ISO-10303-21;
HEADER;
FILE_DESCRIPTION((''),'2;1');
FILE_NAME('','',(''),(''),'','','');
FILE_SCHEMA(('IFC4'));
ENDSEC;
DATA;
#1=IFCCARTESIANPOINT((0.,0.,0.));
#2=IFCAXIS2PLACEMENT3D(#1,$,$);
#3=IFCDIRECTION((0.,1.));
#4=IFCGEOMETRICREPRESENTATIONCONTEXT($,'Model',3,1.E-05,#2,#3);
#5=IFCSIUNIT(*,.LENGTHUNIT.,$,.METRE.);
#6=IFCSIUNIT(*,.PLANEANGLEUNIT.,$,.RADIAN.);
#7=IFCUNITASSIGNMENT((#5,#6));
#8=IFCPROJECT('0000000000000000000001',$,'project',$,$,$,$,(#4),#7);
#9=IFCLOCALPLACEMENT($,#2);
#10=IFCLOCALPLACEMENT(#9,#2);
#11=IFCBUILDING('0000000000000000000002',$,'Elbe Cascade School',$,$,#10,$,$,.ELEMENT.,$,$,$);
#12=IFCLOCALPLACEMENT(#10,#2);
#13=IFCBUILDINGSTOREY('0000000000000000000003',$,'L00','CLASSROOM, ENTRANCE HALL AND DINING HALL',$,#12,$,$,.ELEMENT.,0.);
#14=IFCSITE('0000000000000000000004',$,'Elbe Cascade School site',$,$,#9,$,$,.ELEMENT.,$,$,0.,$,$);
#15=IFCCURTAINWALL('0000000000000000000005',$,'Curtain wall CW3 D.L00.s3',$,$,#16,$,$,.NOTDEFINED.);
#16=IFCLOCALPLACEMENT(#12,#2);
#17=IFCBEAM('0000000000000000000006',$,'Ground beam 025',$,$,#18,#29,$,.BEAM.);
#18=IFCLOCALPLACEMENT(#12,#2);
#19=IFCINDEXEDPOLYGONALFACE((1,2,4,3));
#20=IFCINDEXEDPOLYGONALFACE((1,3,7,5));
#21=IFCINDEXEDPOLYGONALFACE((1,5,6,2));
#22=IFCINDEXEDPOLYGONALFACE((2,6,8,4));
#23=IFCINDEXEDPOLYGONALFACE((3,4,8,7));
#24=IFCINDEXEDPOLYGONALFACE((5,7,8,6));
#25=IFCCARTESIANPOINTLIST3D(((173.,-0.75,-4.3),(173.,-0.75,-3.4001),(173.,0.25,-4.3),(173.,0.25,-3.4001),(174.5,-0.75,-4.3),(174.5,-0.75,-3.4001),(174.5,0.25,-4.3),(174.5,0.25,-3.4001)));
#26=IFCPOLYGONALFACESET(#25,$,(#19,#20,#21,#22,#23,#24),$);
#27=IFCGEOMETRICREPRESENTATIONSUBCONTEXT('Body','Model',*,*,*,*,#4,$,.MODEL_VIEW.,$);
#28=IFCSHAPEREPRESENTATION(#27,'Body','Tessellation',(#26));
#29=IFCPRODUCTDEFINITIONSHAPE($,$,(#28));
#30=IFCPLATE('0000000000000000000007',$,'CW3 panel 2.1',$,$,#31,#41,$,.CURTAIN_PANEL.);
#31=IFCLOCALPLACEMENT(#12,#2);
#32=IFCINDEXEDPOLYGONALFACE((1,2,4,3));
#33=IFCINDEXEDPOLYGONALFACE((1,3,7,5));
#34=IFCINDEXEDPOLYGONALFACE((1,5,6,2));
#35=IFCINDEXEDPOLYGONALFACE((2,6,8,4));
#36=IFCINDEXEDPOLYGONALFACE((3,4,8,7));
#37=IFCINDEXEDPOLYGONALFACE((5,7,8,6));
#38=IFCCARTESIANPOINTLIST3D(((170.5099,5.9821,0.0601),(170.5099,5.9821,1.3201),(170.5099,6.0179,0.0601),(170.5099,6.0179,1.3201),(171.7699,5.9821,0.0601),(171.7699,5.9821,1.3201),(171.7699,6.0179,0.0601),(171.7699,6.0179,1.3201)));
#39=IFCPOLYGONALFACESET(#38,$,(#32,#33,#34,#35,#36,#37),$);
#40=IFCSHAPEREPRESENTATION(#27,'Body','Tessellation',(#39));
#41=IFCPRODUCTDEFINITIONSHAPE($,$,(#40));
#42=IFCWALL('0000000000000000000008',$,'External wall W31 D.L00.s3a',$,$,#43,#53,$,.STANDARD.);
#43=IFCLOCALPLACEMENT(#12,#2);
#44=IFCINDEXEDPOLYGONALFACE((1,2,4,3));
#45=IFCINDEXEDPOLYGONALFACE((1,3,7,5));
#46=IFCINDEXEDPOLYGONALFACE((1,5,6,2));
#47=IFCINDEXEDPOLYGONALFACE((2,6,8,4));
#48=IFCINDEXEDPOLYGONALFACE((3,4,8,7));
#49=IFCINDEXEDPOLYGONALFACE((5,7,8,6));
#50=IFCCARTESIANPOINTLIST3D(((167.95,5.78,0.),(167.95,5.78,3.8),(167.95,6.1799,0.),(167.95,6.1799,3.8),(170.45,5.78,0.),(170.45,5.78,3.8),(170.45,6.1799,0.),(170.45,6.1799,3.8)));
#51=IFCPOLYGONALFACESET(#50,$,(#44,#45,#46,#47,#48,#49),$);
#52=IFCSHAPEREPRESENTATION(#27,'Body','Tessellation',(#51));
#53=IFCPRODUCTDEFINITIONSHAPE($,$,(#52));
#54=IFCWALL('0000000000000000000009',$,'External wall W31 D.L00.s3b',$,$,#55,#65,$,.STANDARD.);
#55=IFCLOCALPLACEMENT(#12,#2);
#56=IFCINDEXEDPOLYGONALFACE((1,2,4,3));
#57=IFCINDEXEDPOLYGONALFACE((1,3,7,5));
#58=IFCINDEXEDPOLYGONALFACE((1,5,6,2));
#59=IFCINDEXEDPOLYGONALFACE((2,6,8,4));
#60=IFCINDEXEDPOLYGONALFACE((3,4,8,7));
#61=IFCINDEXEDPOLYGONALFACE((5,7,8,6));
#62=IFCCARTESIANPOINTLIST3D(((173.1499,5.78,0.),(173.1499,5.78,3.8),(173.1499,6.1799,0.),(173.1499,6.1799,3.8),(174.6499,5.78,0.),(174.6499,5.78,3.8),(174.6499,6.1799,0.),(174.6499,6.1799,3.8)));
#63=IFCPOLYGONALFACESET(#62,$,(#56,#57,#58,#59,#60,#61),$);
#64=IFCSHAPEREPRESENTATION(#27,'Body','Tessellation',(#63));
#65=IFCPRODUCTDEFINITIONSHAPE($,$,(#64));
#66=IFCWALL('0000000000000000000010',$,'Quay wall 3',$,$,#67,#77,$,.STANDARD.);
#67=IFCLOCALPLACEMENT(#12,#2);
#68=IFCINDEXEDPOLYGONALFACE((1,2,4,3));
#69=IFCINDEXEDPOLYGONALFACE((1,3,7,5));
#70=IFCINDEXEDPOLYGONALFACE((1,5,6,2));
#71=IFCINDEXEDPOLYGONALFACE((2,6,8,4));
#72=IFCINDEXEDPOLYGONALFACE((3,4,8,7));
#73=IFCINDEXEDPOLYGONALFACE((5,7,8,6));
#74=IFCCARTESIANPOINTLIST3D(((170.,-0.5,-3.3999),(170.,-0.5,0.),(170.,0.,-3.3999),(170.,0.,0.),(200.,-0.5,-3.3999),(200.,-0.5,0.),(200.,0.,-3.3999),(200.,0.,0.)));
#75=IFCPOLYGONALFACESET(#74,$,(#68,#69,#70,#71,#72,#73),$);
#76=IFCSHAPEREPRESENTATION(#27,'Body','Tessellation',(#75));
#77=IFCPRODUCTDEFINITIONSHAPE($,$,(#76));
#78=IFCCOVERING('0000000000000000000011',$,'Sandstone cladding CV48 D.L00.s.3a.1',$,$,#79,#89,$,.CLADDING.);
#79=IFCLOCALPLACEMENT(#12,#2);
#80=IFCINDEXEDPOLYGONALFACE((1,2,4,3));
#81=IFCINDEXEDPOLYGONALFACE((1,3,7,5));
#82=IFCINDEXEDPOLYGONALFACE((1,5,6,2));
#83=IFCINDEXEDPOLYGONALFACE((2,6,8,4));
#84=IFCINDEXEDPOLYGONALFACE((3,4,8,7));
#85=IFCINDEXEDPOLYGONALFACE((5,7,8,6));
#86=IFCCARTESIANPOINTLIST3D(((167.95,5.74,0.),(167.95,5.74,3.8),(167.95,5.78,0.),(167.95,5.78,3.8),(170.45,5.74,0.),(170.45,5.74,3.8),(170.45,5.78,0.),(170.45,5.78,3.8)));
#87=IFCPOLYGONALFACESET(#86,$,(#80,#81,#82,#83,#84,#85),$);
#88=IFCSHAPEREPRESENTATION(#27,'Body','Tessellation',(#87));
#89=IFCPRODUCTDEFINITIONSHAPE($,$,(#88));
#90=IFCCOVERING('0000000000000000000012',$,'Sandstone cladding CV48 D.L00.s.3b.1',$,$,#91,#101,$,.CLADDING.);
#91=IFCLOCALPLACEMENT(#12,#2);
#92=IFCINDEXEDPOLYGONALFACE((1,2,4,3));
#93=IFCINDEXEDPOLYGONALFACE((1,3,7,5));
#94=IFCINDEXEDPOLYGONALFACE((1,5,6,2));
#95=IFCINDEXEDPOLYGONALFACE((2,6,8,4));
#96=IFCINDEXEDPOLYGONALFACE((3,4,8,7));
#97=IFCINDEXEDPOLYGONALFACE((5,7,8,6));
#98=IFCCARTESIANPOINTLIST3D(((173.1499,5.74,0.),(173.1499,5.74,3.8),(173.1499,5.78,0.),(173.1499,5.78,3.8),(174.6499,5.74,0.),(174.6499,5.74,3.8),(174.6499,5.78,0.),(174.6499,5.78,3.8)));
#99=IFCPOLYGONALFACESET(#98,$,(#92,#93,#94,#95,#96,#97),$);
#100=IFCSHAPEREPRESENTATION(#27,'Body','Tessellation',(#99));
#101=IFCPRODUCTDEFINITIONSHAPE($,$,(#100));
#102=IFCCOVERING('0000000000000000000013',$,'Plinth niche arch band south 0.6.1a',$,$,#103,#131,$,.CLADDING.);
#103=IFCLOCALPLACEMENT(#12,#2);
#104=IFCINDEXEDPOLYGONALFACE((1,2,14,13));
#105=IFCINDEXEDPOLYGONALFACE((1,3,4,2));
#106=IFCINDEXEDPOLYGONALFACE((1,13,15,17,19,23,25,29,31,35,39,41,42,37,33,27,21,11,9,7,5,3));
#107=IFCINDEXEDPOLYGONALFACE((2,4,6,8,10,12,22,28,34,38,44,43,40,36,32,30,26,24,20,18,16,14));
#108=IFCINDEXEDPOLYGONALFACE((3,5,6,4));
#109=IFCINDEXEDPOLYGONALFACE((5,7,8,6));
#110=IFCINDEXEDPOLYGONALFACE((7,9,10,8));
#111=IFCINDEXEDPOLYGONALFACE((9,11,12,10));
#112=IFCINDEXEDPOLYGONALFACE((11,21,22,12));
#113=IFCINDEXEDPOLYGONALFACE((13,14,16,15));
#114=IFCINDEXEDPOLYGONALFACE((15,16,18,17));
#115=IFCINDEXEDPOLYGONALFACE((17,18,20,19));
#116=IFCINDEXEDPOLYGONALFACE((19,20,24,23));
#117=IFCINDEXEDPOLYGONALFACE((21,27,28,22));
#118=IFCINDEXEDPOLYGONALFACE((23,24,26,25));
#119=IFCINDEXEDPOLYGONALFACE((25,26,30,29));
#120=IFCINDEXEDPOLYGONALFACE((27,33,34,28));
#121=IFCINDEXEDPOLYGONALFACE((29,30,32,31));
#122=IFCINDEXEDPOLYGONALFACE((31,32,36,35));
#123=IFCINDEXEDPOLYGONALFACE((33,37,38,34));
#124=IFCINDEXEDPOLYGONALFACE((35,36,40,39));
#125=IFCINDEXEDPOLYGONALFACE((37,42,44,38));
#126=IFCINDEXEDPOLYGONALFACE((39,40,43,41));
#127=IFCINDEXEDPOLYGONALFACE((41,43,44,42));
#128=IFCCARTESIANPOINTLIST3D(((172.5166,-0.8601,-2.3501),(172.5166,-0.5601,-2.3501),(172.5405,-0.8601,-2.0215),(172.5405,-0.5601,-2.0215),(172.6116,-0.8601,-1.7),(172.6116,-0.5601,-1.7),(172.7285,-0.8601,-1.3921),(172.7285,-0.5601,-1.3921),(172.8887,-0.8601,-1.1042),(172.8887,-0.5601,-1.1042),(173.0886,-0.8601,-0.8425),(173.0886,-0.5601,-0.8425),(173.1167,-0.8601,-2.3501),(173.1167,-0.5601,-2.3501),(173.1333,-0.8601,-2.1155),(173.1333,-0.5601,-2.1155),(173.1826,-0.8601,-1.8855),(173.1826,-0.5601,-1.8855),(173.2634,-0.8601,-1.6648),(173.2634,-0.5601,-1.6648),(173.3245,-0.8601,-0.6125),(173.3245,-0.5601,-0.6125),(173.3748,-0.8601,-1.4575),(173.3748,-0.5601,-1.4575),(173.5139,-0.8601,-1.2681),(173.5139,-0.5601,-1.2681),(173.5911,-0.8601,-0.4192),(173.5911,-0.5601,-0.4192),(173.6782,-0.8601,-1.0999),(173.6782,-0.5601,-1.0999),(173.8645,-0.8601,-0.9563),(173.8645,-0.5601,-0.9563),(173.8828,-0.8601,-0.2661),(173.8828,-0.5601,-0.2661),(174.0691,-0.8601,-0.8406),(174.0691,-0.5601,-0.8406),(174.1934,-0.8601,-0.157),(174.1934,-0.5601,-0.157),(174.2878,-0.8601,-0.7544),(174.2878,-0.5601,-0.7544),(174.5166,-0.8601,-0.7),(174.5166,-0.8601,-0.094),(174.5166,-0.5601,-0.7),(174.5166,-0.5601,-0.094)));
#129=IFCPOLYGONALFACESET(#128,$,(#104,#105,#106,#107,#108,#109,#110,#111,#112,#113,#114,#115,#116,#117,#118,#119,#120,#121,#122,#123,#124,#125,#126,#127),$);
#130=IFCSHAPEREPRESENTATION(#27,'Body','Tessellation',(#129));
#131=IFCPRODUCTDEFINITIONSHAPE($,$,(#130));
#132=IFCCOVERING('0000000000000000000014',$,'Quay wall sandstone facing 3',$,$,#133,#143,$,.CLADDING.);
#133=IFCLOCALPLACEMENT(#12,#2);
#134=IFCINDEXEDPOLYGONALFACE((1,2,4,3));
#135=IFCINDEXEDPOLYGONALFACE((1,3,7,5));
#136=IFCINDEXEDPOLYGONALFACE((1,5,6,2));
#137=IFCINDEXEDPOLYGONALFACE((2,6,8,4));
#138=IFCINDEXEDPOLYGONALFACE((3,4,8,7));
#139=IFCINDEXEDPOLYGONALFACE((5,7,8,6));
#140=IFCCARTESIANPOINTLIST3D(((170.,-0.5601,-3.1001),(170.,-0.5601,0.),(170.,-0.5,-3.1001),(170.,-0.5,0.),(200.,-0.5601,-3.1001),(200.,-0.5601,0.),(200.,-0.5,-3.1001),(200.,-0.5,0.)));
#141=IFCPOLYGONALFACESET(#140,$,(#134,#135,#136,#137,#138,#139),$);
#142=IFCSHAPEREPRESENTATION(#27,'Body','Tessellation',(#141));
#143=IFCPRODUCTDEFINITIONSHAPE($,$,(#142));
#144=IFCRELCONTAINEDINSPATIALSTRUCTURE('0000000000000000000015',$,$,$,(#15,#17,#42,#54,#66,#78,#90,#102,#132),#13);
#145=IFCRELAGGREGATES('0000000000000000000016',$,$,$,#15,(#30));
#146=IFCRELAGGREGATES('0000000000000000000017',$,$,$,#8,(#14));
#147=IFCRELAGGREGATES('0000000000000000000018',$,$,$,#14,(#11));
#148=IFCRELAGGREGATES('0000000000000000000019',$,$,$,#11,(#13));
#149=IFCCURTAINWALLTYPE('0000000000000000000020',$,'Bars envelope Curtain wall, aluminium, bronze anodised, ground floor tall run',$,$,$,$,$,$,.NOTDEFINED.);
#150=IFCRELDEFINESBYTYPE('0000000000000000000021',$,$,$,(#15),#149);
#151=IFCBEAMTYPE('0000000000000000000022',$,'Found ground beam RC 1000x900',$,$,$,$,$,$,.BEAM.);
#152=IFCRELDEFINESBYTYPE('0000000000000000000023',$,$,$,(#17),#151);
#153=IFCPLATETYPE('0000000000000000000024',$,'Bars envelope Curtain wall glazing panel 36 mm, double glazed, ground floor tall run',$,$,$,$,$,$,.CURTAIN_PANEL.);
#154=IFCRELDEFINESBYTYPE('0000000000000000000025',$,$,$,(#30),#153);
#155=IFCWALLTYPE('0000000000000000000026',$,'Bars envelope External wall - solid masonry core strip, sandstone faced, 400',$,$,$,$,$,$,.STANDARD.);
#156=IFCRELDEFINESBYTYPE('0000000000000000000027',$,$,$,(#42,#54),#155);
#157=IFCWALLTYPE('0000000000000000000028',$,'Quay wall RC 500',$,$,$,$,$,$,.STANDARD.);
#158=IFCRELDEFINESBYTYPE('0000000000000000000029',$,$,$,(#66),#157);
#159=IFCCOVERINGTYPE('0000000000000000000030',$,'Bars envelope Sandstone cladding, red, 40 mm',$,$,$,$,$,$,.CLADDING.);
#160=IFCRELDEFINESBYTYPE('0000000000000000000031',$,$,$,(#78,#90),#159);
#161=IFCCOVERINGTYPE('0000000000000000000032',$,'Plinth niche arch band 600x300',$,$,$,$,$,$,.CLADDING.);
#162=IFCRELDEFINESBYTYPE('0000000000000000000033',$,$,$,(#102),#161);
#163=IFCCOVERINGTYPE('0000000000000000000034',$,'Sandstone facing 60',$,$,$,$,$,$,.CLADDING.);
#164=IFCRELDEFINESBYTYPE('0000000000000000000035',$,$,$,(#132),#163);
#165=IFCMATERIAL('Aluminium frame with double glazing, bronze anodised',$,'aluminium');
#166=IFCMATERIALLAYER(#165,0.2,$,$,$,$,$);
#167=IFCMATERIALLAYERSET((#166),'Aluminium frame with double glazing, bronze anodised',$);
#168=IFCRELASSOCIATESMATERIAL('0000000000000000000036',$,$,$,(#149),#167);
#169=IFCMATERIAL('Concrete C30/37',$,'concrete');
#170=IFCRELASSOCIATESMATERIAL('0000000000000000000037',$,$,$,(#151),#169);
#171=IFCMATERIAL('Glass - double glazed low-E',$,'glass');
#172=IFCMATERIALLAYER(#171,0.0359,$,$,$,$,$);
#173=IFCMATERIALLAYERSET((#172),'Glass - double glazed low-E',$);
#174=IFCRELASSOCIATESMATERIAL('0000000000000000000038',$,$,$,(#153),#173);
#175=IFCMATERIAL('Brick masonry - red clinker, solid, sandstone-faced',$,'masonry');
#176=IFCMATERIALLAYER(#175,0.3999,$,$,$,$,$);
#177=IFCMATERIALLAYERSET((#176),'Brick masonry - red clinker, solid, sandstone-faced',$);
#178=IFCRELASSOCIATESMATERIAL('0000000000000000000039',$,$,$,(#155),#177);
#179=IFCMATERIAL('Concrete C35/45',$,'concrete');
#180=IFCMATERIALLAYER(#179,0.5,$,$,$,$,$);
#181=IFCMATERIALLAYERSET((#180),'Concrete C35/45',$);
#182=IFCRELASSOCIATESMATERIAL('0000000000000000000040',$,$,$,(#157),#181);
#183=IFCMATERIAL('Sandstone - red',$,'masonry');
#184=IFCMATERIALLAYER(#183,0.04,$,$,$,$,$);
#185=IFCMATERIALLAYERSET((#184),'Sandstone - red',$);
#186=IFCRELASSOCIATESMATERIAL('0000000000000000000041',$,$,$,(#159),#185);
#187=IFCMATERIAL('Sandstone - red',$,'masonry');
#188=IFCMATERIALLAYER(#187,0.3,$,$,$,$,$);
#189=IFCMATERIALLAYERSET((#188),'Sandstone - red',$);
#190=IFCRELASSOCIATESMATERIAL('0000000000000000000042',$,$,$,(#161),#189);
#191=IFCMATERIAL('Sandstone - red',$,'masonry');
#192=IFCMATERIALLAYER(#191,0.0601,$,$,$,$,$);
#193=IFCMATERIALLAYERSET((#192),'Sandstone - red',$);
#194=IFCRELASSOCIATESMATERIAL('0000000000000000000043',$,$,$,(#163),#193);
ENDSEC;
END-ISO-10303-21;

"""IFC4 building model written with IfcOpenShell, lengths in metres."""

from ifc_helpers import new_model, si_unit, direction, frame, frame_2d, origin, origin_2d, place, context, subcontext, project, spatial, polyline, rectangle, outline, extrude, material, layer, layer_set, material_profile, profile_set, type_object, element, aggregate, save


model = new_model("IFC4")

# Units and contexts
model_context = context("Model", 3, precision=1e-05, world=origin(), true_north=direction((0.0, 1.0)))
body_context = subcontext(model_context, "Body", "Model", "MODEL_VIEW")
ifc_project = project(units=[si_unit("LENGTHUNIT", "METRE"), si_unit("PLANEANGLEUNIT", "RADIAN")], contexts=[model_context])

# Site, building, storey
site_placement = place(None, origin())
site = spatial("IfcSite", under=ifc_project, at=site_placement, Name="Elbe Cascade School site", CompositionType="ELEMENT", RefElevation=0.0)
building_placement = place(site_placement, origin())
building = spatial("IfcBuilding", under=site, at=building_placement, Name="Elbe Cascade School", CompositionType="ELEMENT")
storey_placement = place(building_placement, origin())
storey = spatial("IfcBuildingStorey", under=building, at=storey_placement, Name="L00", Description="CLASSROOM, ENTRANCE HALL AND DINING HALL", CompositionType="ELEMENT", Elevation=0.0)

# Curtain wall
ifc_material_1 = material(Name="Aluminium frame with double glazing, bronze anodised", Category="aluminium")
ifc_layer_1 = layer(ifc_material_1, 0.2)
ifc_layer_set_1 = layer_set([ifc_layer_1], Name="Aluminium frame with double glazing, bronze anodised")
curtain_wall_type = type_object("IfcCurtainWallType", Name="Bars envelope Curtain wall, aluminium, bronze anodised, ground floor tall run", PredefinedType="NOTDEFINED", material=ifc_layer_set_1)
curtain_wall_placement = place(storey_placement, origin())
curtain_wall = element("IfcCurtainWall", 1, at=curtain_wall_placement, inside=storey, type_object=curtain_wall_type, Name="Curtain wall CW3 D.L00.s3", PredefinedType="NOTDEFINED")

# Beam
ifc_material_2 = material(Name="Concrete C30/37", Category="concrete")
ifc_material_profile_1 = material_profile(ifc_material_2, rectangle(XDim=1.0, YDim=0.8999, at=origin_2d()), Name="RC 1000x900")
ifc_profile_set_1 = profile_set([ifc_material_profile_1], Name="Concrete C30/37")
beam_type = type_object("IfcBeamType", Name="Found ground beam RC 1000x900", PredefinedType="BEAM", material=ifc_profile_set_1)
beam_placement = place(storey_placement, frame((173.0, -0.25, -3.8501), z_axis=(1.0, 0.0, 0.0), x_axis=(0.0, 1.0, 0.0)))
element("IfcBeam", 2, at=beam_placement, inside=storey, type_object=beam_type, Name="Ground beam 025", PredefinedType="BEAM", context=body_context, shape_type="SweptSolid", body=[
    extrude(rectangle(XDim=1.0, YDim=0.8999, at=origin_2d()), origin(), (0.0, 0.0, 1.0), 1.5),
])

# Plate
ifc_material_3 = material(Name="Glass - double glazed low-E", Category="glass")
ifc_layer_2 = layer(ifc_material_3, 0.0359)
ifc_layer_set_2 = layer_set([ifc_layer_2], Name="Glass - double glazed low-E")
plate_type = type_object("IfcPlateType", Name="Bars envelope Curtain wall glazing panel 36 mm, double glazed, ground floor tall run", PredefinedType="CURTAIN_PANEL", material=ifc_layer_set_2)
plate_placement = place(storey_placement, frame((171.1399, 6.0, 0.0601), z_axis=(0.0, 0.0, 1.0), x_axis=(-1.0, 0.0, 0.0)))
plate = element("IfcPlate", 3, at=plate_placement, type_object=plate_type, Name="CW3 panel 2.1", PredefinedType="CURTAIN_PANEL", context=body_context, shape_type="SweptSolid", body=[
    extrude(rectangle(XDim=1.26, YDim=0.0359, at=origin_2d()), origin(), (0.0, 0.0, 1.0), 1.26),
])
aggregate(curtain_wall, [plate])

# Walls
ifc_material_4 = material(Name="Brick masonry - red clinker, solid, sandstone-faced", Category="masonry")
ifc_layer_3 = layer(ifc_material_4, 0.3999)
ifc_layer_set_3 = layer_set([ifc_layer_3], Name="Brick masonry - red clinker, solid, sandstone-faced")
wall_type_1 = type_object("IfcWallType", Name="Bars envelope External wall - solid masonry core strip, sandstone faced, 400", PredefinedType="STANDARD", material=ifc_layer_set_3)
wall_1_placement = place(storey_placement, frame((170.45, 5.98, 0.0), z_axis=(0.0, 0.0, 1.0), x_axis=(-1.0, 0.0, 0.0)))
element("IfcWall", 4, at=wall_1_placement, inside=storey, type_object=wall_type_1, Name="External wall W31 D.L00.s3a", PredefinedType="STANDARD", context=body_context, shape_type="SweptSolid", body=[
    extrude(rectangle(XDim=2.5, YDim=0.3999, at=frame_2d((1.25, 0.0))), origin(), (0.0, 0.0, 1.0), 3.8),
])
wall_2_placement = place(storey_placement, frame((174.6499, 5.98, 0.0), z_axis=(0.0, 0.0, 1.0), x_axis=(-1.0, 0.0, 0.0)))
element("IfcWall", 5, at=wall_2_placement, inside=storey, type_object=wall_type_1, Name="External wall W31 D.L00.s3b", PredefinedType="STANDARD", context=body_context, shape_type="SweptSolid", body=[
    extrude(rectangle(XDim=1.5, YDim=0.3999, at=frame_2d((0.75, 0.0))), origin(), (0.0, 0.0, 1.0), 3.8),
])
ifc_material_5 = material(Name="Concrete C35/45", Category="concrete")
ifc_layer_4 = layer(ifc_material_5, 0.5)
ifc_layer_set_4 = layer_set([ifc_layer_4], Name="Concrete C35/45")
wall_type_2 = type_object("IfcWallType", Name="Quay wall RC 500", PredefinedType="STANDARD", material=ifc_layer_set_4)
wall_3_placement = place(storey_placement, frame((170.0, -0.25, -3.3999), z_axis=(0.0, 0.0, 1.0), x_axis=(1.0, 0.0, 0.0)))
element("IfcWall", 6, at=wall_3_placement, inside=storey, type_object=wall_type_2, Name="Quay wall 3", PredefinedType="STANDARD", context=body_context, shape_type="SweptSolid", body=[
    extrude(rectangle(XDim=30.0, YDim=0.5, at=frame_2d((15.0, 0.0))), origin(), (0.0, 0.0, 1.0), 3.3999),
])

# Coverings
ifc_material_6 = material(Name="Sandstone - red", Category="masonry")
ifc_layer_5 = layer(ifc_material_6, 0.04)
ifc_layer_set_5 = layer_set([ifc_layer_5], Name="Sandstone - red")
covering_type_1 = type_object("IfcCoveringType", Name="Bars envelope Sandstone cladding, red, 40 mm", PredefinedType="CLADDING", material=ifc_layer_set_5)
covering_1_placement = place(storey_placement, frame((169.2, 5.76, 0.0), z_axis=(0.0, 0.0, 1.0), x_axis=(1.0, 0.0, 0.0)))
element("IfcCovering", 7, at=covering_1_placement, inside=storey, type_object=covering_type_1, Name="Sandstone cladding CV48 D.L00.s.3a.1", PredefinedType="CLADDING", context=body_context, shape_type="SweptSolid", body=[
    extrude(rectangle(XDim=2.5, YDim=0.04, at=origin_2d()), origin(), (0.0, 0.0, 1.0), 3.8),
])
covering_2_placement = place(storey_placement, frame((173.8999, 5.76, 0.0), z_axis=(0.0, 0.0, 1.0), x_axis=(1.0, 0.0, 0.0)))
element("IfcCovering", 8, at=covering_2_placement, inside=storey, type_object=covering_type_1, Name="Sandstone cladding CV48 D.L00.s.3b.1", PredefinedType="CLADDING", context=body_context, shape_type="SweptSolid", body=[
    extrude(rectangle(XDim=1.5, YDim=0.04, at=origin_2d()), origin(), (0.0, 0.0, 1.0), 3.8),
])
ifc_material_7 = material(Name="Sandstone - red", Category="masonry")
ifc_layer_6 = layer(ifc_material_7, 0.3)
ifc_layer_set_6 = layer_set([ifc_layer_6], Name="Sandstone - red")
covering_type_2 = type_object("IfcCoveringType", Name="Plinth niche arch band 600x300", PredefinedType="CLADDING", material=ifc_layer_set_6)
covering_3_placement = place(storey_placement, frame((172.5166, -0.8601, -2.3501), z_axis=(0.0, -1.0, 0.0), x_axis=(1.0, 0.0, 0.0)))
element("IfcCovering", 9, at=covering_3_placement, inside=storey, type_object=covering_type_2, Name="Plinth niche arch band south 0.6.1a", PredefinedType="CLADDING", context=body_context, shape_type="SweptSolid", body=[
    extrude(outline(polyline([(0.0, 0.0), (0.6001, 0.0), (0.6167, 0.2346), (0.666, 0.4646), (0.7468, 0.6853), (0.8582, 0.8926), (0.9973, 1.082), (1.1616, 1.2502), (1.3479, 1.3938), (1.5525, 1.5095), (1.7712, 1.5957), (2.0, 1.6501), (2.0, 2.2561), (1.6768, 2.1931), (1.3662, 2.084), (1.0745, 1.9309), (0.8079, 1.7375), (0.572, 1.5076), (0.3721, 1.2458), (0.2119, 0.958), (0.095, 0.6501), (0.0239, 0.3286), (0.0, 0.0)])), origin(), (0.0, 0.0, -1.0), 0.3),
])

# Covering
ifc_material_8 = material(Name="Sandstone - red", Category="masonry")
ifc_layer_7 = layer(ifc_material_8, 0.0601)
ifc_layer_set_7 = layer_set([ifc_layer_7], Name="Sandstone - red")
covering_type_3 = type_object("IfcCoveringType", Name="Sandstone facing 60", PredefinedType="CLADDING", material=ifc_layer_set_7)
covering_4_placement = place(storey_placement, frame((170.0, -0.53, -3.1001), z_axis=(0.0, 0.0, 1.0), x_axis=(1.0, 0.0, 0.0)))
element("IfcCovering", 10, at=covering_4_placement, inside=storey, type_object=covering_type_3, Name="Quay wall sandstone facing 3", PredefinedType="CLADDING", context=body_context, shape_type="SweptSolid", body=[
    extrude(rectangle(XDim=30.0, YDim=0.0601, at=frame_2d((15.0, 0.0))), origin(), (0.0, 0.0, 1.0), 3.1001),
])

save(model, "model.ifc")
